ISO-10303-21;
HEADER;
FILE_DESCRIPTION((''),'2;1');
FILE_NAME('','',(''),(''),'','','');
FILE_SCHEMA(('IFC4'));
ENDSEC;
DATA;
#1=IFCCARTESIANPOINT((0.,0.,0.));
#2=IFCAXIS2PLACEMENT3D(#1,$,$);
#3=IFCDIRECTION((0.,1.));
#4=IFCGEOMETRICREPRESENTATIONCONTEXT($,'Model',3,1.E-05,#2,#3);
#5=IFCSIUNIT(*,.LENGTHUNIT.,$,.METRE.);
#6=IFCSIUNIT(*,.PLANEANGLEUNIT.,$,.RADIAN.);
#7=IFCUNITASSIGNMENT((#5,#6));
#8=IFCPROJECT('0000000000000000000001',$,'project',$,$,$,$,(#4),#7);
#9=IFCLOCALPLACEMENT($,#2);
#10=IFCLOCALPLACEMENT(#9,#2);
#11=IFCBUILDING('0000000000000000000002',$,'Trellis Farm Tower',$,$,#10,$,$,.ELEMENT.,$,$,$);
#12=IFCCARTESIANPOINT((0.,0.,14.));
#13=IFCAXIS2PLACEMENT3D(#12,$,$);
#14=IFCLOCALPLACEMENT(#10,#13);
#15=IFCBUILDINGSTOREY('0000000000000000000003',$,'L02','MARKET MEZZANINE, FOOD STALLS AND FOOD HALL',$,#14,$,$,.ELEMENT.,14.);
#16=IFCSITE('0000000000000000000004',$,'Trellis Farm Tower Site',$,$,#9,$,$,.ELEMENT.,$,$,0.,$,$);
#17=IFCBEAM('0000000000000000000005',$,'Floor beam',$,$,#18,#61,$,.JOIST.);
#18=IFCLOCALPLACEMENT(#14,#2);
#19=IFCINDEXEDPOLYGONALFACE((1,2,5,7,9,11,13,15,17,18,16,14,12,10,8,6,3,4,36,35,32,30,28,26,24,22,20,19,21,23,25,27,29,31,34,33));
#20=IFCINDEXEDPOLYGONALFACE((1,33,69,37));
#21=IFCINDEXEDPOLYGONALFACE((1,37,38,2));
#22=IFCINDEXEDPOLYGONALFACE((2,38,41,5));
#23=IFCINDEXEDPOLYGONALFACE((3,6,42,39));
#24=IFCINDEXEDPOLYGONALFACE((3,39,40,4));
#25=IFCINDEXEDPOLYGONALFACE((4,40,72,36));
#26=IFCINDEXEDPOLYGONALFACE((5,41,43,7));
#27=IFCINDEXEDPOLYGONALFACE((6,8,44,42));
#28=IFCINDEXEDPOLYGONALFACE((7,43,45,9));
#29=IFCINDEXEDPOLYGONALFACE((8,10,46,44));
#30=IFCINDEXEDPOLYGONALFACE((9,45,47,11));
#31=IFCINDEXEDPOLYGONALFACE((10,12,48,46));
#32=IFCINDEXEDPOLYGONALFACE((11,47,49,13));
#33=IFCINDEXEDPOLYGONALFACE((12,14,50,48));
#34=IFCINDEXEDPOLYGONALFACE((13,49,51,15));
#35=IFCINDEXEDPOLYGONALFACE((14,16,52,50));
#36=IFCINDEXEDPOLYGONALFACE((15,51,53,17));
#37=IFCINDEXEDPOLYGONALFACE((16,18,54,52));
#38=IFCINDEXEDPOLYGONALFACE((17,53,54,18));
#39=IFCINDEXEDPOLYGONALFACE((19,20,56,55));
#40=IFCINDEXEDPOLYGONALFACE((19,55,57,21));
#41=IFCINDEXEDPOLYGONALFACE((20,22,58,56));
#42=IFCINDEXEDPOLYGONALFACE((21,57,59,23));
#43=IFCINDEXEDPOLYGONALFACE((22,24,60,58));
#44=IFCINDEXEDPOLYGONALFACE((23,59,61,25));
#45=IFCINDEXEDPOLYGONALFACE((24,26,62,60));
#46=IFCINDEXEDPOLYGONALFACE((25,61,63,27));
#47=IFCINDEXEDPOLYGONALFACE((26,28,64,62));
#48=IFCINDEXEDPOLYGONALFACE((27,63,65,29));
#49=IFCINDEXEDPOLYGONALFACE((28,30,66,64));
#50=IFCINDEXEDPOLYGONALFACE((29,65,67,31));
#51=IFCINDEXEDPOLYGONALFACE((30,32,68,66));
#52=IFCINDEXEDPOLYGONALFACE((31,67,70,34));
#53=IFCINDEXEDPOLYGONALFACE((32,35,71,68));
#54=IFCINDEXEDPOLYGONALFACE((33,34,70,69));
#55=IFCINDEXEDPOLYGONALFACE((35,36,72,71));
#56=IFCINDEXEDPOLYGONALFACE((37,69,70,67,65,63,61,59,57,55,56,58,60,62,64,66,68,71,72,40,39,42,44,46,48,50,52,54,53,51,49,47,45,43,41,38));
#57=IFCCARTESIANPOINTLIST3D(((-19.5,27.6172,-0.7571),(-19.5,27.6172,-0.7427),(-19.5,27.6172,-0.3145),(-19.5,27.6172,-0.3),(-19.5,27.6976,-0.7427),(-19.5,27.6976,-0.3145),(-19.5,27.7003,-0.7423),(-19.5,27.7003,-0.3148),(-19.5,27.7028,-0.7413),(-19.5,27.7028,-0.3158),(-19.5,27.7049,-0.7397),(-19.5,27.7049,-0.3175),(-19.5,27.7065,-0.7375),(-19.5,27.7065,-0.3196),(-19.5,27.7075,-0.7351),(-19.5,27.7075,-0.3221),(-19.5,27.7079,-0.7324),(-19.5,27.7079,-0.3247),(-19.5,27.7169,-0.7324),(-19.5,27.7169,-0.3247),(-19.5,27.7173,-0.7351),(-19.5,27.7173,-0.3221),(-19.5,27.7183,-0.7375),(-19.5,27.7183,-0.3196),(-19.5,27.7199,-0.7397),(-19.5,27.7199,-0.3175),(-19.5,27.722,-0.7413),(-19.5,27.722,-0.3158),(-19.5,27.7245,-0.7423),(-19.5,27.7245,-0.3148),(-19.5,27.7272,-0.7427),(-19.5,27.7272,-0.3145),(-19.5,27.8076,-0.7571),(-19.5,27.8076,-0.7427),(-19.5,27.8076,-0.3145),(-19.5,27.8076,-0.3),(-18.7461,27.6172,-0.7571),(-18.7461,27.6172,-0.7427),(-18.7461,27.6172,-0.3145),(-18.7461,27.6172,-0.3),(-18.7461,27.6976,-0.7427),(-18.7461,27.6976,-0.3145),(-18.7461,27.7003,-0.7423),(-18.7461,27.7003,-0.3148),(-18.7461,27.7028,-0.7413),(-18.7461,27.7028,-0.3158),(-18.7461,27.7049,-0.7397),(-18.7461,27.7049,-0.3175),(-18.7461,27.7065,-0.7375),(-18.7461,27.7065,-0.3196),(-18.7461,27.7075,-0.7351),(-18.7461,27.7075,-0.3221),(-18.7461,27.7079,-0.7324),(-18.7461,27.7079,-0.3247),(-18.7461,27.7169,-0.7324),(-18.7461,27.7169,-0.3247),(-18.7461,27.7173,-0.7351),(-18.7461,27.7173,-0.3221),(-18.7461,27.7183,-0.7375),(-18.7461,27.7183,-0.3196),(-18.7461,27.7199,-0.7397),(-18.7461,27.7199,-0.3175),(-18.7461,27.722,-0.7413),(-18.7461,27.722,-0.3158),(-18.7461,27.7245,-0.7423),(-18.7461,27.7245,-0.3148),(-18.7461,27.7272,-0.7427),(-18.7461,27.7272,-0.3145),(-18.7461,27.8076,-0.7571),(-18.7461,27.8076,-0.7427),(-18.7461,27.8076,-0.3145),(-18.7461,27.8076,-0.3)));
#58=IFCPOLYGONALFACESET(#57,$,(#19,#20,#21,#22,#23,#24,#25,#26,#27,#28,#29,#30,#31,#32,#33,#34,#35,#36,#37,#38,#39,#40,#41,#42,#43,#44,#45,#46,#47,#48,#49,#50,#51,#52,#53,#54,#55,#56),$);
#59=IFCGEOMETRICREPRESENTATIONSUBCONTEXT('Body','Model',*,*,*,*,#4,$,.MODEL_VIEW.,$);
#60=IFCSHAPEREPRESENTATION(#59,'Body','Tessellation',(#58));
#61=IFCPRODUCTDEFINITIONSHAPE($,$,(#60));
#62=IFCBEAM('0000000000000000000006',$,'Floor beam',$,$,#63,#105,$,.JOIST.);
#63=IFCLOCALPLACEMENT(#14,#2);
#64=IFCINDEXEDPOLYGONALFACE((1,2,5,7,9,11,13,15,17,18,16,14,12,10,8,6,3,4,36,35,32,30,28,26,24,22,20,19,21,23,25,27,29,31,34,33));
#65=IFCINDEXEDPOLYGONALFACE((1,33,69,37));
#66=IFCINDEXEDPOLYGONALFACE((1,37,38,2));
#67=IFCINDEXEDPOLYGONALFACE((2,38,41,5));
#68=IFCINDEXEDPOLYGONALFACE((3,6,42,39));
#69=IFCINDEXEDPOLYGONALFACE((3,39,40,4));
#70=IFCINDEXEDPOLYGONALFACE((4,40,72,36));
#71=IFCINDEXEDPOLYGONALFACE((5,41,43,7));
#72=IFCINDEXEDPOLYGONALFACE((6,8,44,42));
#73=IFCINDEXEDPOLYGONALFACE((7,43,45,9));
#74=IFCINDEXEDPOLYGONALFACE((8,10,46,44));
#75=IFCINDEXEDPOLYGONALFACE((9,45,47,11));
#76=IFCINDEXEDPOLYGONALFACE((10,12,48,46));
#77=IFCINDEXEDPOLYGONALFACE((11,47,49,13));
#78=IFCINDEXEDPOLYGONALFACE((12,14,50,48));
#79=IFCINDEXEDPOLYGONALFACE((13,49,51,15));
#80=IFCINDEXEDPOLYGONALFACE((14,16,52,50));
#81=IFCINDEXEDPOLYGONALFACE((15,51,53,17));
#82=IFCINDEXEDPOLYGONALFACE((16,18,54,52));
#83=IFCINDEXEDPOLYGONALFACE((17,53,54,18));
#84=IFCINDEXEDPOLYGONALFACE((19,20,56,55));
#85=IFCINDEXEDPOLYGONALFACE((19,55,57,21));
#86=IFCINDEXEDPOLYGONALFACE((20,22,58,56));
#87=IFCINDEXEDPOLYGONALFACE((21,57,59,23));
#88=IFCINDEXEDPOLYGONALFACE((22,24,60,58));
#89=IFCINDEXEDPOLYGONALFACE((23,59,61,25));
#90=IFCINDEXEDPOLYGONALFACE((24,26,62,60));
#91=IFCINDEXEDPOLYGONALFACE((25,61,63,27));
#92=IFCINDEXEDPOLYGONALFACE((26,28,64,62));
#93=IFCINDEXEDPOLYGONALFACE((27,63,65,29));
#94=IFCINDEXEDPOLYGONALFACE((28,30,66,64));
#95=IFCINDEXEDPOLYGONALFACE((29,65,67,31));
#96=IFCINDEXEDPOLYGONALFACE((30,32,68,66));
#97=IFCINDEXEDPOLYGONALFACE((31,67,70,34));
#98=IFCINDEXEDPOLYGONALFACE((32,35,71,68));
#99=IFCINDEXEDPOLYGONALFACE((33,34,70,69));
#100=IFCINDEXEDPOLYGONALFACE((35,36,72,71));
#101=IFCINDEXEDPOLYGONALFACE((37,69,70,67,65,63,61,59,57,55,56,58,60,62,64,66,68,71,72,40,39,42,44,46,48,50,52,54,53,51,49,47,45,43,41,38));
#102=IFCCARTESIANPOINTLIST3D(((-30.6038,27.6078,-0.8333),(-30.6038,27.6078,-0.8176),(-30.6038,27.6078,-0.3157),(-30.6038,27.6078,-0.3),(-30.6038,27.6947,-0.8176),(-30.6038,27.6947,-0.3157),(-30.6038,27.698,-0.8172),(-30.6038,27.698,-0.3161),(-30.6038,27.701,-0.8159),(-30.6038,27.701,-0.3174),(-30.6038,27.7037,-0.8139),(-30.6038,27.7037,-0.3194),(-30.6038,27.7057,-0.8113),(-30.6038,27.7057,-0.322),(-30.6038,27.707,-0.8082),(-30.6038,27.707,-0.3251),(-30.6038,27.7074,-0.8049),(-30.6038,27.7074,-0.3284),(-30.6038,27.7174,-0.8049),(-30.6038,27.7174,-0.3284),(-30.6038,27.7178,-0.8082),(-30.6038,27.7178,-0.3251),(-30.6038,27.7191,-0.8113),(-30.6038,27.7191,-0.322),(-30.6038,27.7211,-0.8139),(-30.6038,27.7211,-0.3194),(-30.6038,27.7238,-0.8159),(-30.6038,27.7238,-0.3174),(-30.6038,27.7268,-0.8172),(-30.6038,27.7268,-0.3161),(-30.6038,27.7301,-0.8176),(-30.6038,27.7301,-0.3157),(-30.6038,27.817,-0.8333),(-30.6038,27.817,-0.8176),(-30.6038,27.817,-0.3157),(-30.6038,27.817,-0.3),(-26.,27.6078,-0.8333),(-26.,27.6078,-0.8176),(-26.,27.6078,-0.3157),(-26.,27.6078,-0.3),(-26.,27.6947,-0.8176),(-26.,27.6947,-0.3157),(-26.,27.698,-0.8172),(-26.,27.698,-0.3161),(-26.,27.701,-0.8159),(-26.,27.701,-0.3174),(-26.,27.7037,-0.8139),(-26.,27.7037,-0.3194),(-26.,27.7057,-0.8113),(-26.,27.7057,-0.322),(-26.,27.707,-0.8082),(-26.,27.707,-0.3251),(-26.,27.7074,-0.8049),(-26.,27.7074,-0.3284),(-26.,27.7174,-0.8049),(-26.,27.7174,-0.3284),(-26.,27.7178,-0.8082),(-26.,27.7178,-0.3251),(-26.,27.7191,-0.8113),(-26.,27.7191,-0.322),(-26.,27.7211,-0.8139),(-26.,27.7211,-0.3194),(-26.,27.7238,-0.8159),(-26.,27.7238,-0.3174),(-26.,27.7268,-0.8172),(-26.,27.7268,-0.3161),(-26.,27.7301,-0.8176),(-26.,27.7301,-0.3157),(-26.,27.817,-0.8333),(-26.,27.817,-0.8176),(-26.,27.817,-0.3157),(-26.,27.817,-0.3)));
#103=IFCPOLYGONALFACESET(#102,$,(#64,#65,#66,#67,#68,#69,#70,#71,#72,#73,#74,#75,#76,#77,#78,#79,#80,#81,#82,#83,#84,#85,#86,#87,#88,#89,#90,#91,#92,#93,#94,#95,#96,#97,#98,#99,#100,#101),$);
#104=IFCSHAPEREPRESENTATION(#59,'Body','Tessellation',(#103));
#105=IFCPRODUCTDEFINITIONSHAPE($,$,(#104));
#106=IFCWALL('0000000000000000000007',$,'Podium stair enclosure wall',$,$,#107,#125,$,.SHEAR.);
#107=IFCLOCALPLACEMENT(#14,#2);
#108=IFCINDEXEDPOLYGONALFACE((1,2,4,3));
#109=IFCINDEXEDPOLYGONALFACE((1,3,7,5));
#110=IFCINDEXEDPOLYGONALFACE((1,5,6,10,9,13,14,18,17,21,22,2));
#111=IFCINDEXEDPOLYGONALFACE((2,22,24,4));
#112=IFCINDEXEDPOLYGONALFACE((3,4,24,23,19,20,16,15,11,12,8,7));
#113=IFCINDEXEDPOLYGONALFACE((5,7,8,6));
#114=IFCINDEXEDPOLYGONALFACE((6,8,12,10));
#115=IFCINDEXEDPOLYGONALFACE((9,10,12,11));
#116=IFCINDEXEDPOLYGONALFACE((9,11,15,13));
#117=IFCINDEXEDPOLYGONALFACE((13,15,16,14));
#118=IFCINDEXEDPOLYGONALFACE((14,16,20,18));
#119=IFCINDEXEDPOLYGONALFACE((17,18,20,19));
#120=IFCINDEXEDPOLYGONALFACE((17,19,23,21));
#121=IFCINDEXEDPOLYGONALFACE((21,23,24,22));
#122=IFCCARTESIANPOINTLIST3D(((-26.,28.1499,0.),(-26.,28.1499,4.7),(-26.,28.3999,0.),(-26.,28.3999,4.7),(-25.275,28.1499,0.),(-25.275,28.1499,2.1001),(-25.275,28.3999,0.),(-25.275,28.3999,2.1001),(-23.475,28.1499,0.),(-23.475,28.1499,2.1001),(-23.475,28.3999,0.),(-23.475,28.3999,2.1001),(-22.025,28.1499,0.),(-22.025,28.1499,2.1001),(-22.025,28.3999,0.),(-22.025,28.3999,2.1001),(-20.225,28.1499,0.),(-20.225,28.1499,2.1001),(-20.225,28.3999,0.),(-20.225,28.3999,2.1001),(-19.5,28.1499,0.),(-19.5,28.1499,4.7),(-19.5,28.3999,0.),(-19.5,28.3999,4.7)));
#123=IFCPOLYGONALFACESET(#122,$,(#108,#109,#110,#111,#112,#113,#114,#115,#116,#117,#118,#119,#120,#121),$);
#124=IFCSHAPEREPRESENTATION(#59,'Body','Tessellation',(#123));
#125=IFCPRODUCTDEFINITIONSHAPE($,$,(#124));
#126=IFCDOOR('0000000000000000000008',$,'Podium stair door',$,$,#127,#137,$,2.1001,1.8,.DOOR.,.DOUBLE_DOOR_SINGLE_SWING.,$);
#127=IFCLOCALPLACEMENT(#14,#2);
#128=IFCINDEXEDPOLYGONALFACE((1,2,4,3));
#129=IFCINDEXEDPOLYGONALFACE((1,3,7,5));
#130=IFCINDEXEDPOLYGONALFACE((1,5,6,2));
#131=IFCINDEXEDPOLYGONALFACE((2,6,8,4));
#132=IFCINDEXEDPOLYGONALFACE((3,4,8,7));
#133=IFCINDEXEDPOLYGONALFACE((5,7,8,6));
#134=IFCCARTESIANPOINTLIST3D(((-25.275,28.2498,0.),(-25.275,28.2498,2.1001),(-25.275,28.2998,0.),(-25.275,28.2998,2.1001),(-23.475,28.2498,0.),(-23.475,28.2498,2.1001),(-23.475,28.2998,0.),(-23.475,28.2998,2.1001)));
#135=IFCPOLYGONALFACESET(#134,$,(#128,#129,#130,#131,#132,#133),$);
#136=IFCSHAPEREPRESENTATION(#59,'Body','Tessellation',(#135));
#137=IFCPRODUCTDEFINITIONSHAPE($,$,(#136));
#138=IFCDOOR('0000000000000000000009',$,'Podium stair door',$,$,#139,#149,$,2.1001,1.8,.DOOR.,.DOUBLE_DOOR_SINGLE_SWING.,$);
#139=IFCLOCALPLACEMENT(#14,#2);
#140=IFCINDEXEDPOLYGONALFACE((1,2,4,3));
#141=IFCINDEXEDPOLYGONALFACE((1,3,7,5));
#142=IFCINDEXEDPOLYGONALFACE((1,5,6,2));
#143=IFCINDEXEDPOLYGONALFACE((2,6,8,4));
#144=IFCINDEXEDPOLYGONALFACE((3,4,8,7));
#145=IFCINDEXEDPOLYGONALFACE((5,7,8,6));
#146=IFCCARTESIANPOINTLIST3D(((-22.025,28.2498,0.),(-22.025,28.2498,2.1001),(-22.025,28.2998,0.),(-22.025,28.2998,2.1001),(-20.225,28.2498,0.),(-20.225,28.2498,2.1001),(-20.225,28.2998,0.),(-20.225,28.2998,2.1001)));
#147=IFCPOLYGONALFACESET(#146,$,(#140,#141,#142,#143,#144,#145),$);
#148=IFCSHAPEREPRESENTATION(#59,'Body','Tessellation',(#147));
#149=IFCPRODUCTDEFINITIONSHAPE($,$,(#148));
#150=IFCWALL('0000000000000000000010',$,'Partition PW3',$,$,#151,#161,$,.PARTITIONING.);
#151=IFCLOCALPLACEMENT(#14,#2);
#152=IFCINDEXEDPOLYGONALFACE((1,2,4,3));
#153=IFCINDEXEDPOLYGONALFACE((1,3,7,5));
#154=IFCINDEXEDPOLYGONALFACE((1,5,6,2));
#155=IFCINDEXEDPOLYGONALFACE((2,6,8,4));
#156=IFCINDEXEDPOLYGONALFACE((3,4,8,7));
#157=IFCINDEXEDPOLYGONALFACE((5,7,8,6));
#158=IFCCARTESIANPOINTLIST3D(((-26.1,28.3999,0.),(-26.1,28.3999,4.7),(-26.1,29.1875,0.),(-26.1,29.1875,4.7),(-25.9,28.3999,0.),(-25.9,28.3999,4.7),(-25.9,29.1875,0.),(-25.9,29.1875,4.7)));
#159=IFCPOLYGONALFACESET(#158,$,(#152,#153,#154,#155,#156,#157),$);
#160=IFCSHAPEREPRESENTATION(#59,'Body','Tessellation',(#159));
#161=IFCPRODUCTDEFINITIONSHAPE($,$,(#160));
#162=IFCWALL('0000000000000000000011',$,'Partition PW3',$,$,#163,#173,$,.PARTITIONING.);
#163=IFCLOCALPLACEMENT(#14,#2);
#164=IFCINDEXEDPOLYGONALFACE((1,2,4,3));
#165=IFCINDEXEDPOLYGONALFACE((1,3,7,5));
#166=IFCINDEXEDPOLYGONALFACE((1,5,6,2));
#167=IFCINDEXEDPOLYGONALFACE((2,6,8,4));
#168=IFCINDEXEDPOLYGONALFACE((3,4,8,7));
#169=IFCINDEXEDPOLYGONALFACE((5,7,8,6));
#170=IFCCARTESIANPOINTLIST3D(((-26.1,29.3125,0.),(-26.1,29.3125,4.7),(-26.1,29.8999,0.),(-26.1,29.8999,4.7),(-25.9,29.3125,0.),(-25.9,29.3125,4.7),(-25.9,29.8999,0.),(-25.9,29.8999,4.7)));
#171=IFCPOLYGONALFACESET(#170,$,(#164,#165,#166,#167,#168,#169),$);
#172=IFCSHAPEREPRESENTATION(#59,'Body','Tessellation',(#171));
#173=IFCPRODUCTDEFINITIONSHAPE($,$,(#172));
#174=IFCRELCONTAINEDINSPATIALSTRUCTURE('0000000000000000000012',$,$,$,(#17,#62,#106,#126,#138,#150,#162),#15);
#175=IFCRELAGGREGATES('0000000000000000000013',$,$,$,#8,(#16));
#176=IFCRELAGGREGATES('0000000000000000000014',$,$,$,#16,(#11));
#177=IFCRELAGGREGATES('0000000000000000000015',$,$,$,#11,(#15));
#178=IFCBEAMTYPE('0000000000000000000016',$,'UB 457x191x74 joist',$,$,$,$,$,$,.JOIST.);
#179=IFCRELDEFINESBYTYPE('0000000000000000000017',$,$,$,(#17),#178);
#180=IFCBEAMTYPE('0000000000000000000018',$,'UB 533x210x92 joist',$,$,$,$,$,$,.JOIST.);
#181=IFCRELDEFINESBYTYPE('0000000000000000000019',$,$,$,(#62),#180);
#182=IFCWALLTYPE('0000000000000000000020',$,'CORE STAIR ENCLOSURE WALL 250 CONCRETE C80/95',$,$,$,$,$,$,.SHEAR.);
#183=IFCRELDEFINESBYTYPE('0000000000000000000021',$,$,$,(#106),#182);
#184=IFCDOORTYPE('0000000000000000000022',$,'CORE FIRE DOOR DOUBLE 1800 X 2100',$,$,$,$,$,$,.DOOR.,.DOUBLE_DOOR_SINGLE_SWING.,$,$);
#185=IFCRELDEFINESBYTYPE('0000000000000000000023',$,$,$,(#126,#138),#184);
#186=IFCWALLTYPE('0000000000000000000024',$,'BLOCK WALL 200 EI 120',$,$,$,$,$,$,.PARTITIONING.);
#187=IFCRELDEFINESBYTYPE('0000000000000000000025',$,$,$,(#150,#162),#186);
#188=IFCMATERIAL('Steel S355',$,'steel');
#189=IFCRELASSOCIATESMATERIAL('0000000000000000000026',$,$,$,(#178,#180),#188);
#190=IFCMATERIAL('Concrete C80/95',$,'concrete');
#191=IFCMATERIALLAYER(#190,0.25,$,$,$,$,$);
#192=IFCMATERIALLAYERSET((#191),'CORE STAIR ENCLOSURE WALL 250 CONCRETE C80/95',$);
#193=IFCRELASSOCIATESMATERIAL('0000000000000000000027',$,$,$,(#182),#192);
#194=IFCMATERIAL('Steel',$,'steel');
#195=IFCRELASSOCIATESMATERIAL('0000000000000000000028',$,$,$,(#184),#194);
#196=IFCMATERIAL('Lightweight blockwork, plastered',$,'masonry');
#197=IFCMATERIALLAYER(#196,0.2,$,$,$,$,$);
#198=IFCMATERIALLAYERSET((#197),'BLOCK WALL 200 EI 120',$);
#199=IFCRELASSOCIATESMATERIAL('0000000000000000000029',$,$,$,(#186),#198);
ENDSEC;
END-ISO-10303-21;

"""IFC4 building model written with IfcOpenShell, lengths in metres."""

from ifc_helpers import new_model, si_unit, direction, frame, frame_2d, origin, origin_2d, place, context, subcontext, project, spatial, rectangle, i_section, extrude, source, transform, mapped, material, layer, layer_set, material_profile, profile_set, type_object, element, fill, save


model = new_model("IFC4")

# Units and contexts
model_context = context("Model", 3, precision=1e-05, world=origin(), true_north=direction((0.0, 1.0)))
body_context = subcontext(model_context, "Body", "Model", "MODEL_VIEW")
ifc_project = project(units=[si_unit("LENGTHUNIT", "METRE"), si_unit("PLANEANGLEUNIT", "RADIAN")], contexts=[model_context])

# Site, building, storey
site_placement = place(None, origin())
site = spatial("IfcSite", under=ifc_project, at=site_placement, Name="Trellis Farm Tower Site", CompositionType="ELEMENT", RefElevation=0.0)
building_placement = place(site_placement, origin())
building = spatial("IfcBuilding", under=site, at=building_placement, Name="Trellis Farm Tower", CompositionType="ELEMENT")
storey_placement = place(building_placement, frame((0.0, 0.0, 14.0)))
storey = spatial("IfcBuildingStorey", under=building, at=storey_placement, Name="L02", Description="MARKET MEZZANINE, FOOD STALLS AND FOOD HALL", CompositionType="ELEMENT", Elevation=14.0)

# Beams
ifc_material_1 = material(Name="Steel S355", Category="steel")
ifc_material_profile_1 = material_profile(ifc_material_1, i_section(OverallWidth=0.1904, OverallDepth=0.457, WebThickness=0.009, FlangeThickness=0.0144, FilletRadius=0.0103, at=origin_2d()), Name="UB 457x191x74")
ifc_profile_set_1 = profile_set([ifc_material_profile_1], Name="Steel S355")
beam_type_1 = type_object("IfcBeamType", Name="UB 457x191x74 joist", PredefinedType="JOIST", material=ifc_profile_set_1)
shared_shape_1 = source(origin(), body_context, "Body", "SweptSolid", [
    extrude(i_section(OverallWidth=0.1904, OverallDepth=0.457, WebThickness=0.009, FlangeThickness=0.0144, FilletRadius=0.0103, at=origin_2d()), origin(), (0.0, 0.0, 1.0), 0.7539),
])
for number, where, z_axis, x_axis, name in (
    (1, (-19.5, 27.7124, -0.5286), (1.0, 0.0, 0.0), (0.0, 1.0, 0.0), "Floor beam"),
):
    element("IfcBeam", number, at=place(storey_placement, frame(where, z_axis=z_axis, x_axis=x_axis)), inside=storey, type_object=beam_type_1, Name=name, PredefinedType="JOIST", context=body_context, shape_type="MappedRepresentation", body=[
        mapped(shared_shape_1, transform((0.0, 0.0, 0.0))),
    ])
ifc_material_profile_2 = material_profile(ifc_material_1, i_section(OverallWidth=0.2092, OverallDepth=0.5332, WebThickness=0.01, FlangeThickness=0.0156, FilletRadius=0.0127, at=origin_2d()), Name="UB 533x210x92")
ifc_profile_set_2 = profile_set([ifc_material_profile_2], Name="Steel S355")
beam_type_2 = type_object("IfcBeamType", Name="UB 533x210x92 joist", PredefinedType="JOIST", material=ifc_profile_set_2)
shared_shape_2 = source(origin(), body_context, "Body", "SweptSolid", [
    extrude(i_section(OverallWidth=0.2092, OverallDepth=0.5332, WebThickness=0.01, FlangeThickness=0.0156, FilletRadius=0.0127, at=origin_2d()), origin(), (0.0, 0.0, 1.0), 4.6038),
])
beam_1_placement = place(storey_placement, frame((-30.6038, 27.7124, -0.5667), z_axis=(1.0, 0.0, 0.0), x_axis=(0.0, 1.0, 0.0)))
element("IfcBeam", 2, at=beam_1_placement, inside=storey, type_object=beam_type_2, Name="Floor beam", PredefinedType="JOIST", context=body_context, shape_type="MappedRepresentation", body=[
    mapped(shared_shape_2, transform((0.0, 0.0, 0.0))),
])

# Wall, openings, doors
ifc_material_2 = material(Name="Concrete C80/95", Category="concrete")
ifc_layer_1 = layer(ifc_material_2, 0.25)
ifc_layer_set_1 = layer_set([ifc_layer_1], Name="CORE STAIR ENCLOSURE WALL 250 CONCRETE C80/95")
wall_type_1 = type_object("IfcWallType", Name="CORE STAIR ENCLOSURE WALL 250 CONCRETE C80/95", PredefinedType="SHEAR", material=ifc_layer_set_1)
shared_shape_3 = source(origin(), body_context, "Body", "SweptSolid", [
    extrude(rectangle(XDim=6.5, YDim=0.25, at=frame_2d((3.25, 0.0))), origin(), (0.0, 0.0, 1.0), 4.7),
])
wall_1_placement = place(storey_placement, frame((-26.0, 28.2749, 0.0), z_axis=(0.0, 0.0, 1.0), x_axis=(1.0, 0.0, 0.0)))
wall_1 = element("IfcWall", 3, at=wall_1_placement, inside=storey, type_object=wall_type_1, Name="Podium stair enclosure wall", PredefinedType="SHEAR", context=body_context, shape_type="MappedRepresentation", body=[
    mapped(shared_shape_3, transform((0.0, 0.0, 0.0))),
])
shared_shape_4 = source(origin(), body_context, "Body", "SweptSolid", [
    extrude(rectangle(XDim=1.8, YDim=2.1001, at=frame_2d((0.8999, 1.05))), frame((0.0, 0.135, 0.0), z_axis=(0.0, -1.0, 0.0), x_axis=(1.0, 0.0, 0.0)), (0.0, 0.0, 1.0), 0.27),
])
opening_1_placement = place(wall_1_placement, frame((0.7251, 0.0, 0.0)))
opening_1 = element("IfcOpeningElement", 4, at=opening_1_placement, cuts=wall_1, PredefinedType="OPENING", context=body_context, shape_type="MappedRepresentation", body=[
    mapped(shared_shape_4, transform((0.0, 0.0, 0.0))),
])
opening_2_placement = place(wall_1_placement, frame((3.9751, 0.0, 0.0)))
opening_2 = element("IfcOpeningElement", 5, at=opening_2_placement, cuts=wall_1, PredefinedType="OPENING", context=body_context, shape_type="MappedRepresentation", body=[
    mapped(shared_shape_4, transform((0.0, 0.0, 0.0))),
])
ifc_material_3 = material(Name="Steel", Category="steel")
door_type_1 = type_object("IfcDoorType", Name="CORE FIRE DOOR DOUBLE 1800 X 2100", OperationType="DOUBLE_DOOR_SINGLE_SWING", PredefinedType="DOOR", material=ifc_material_3)
shared_shape_5 = source(origin(), body_context, "Body", "SweptSolid", [
    extrude(rectangle(XDim=1.8, YDim=2.1001, at=frame_2d((0.8999, 1.05))), frame((0.0, 0.0249, 0.0), z_axis=(0.0, -1.0, 0.0), x_axis=(1.0, 0.0, 0.0)), (0.0, 0.0, 1.0), 0.05),
])
door_1_placement = place(opening_1_placement, origin())
door_1 = element("IfcDoor", 6, at=door_1_placement, inside=storey, type_object=door_type_1, Name="Podium stair door", OperationType="DOUBLE_DOOR_SINGLE_SWING", OverallHeight=2.1001, OverallWidth=1.8, PredefinedType="DOOR", context=body_context, shape_type="MappedRepresentation", body=[
    mapped(shared_shape_5, transform((0.0, 0.0, 0.0))),
])
fill(opening_1, door_1)
door_2_placement = place(opening_2_placement, origin())
door_2 = element("IfcDoor", 7, at=door_2_placement, inside=storey, type_object=door_type_1, Name="Podium stair door", OperationType="DOUBLE_DOOR_SINGLE_SWING", OverallHeight=2.1001, OverallWidth=1.8, PredefinedType="DOOR", context=body_context, shape_type="MappedRepresentation", body=[
    mapped(shared_shape_5, transform((0.0, 0.0, 0.0))),
])
fill(opening_2, door_2)

# Walls
ifc_material_4 = material(Name="Lightweight blockwork, plastered", Category="masonry")
ifc_layer_2 = layer(ifc_material_4, 0.2)
ifc_layer_set_2 = layer_set([ifc_layer_2], Name="BLOCK WALL 200 EI 120")
wall_type_2 = type_object("IfcWallType", Name="BLOCK WALL 200 EI 120", PredefinedType="PARTITIONING", material=ifc_layer_set_2)
shared_shape_6 = source(origin(), body_context, "Body", "SweptSolid", [
    extrude(rectangle(XDim=0.7876, YDim=0.2, at=frame_2d((0.3938, 0.0))), origin(), (0.0, 0.0, 1.0), 4.7),
])
wall_2_placement = place(storey_placement, frame((-26.0, 28.3999, 0.0), z_axis=(0.0, 0.0, 1.0), x_axis=(0.0, 1.0, 0.0)))
element("IfcWall", 8, at=wall_2_placement, inside=storey, type_object=wall_type_2, Name="Partition PW3", PredefinedType="PARTITIONING", context=body_context, shape_type="MappedRepresentation", body=[
    mapped(shared_shape_6, transform((0.0, 0.0, 0.0))),
])
shared_shape_7 = source(origin(), body_context, "Body", "SweptSolid", [
    extrude(rectangle(XDim=0.5874, YDim=0.2, at=frame_2d((0.2937, 0.0))), origin(), (0.0, 0.0, 1.0), 4.7),
])
wall_3_placement = place(storey_placement, frame((-26.0, 29.3125, 0.0), z_axis=(0.0, 0.0, 1.0), x_axis=(0.0, 1.0, 0.0)))
element("IfcWall", 9, at=wall_3_placement, inside=storey, type_object=wall_type_2, Name="Partition PW3", PredefinedType="PARTITIONING", context=body_context, shape_type="MappedRepresentation", body=[
    mapped(shared_shape_7, transform((0.0, 0.0, 0.0))),
])

save(model, "model.ifc")
